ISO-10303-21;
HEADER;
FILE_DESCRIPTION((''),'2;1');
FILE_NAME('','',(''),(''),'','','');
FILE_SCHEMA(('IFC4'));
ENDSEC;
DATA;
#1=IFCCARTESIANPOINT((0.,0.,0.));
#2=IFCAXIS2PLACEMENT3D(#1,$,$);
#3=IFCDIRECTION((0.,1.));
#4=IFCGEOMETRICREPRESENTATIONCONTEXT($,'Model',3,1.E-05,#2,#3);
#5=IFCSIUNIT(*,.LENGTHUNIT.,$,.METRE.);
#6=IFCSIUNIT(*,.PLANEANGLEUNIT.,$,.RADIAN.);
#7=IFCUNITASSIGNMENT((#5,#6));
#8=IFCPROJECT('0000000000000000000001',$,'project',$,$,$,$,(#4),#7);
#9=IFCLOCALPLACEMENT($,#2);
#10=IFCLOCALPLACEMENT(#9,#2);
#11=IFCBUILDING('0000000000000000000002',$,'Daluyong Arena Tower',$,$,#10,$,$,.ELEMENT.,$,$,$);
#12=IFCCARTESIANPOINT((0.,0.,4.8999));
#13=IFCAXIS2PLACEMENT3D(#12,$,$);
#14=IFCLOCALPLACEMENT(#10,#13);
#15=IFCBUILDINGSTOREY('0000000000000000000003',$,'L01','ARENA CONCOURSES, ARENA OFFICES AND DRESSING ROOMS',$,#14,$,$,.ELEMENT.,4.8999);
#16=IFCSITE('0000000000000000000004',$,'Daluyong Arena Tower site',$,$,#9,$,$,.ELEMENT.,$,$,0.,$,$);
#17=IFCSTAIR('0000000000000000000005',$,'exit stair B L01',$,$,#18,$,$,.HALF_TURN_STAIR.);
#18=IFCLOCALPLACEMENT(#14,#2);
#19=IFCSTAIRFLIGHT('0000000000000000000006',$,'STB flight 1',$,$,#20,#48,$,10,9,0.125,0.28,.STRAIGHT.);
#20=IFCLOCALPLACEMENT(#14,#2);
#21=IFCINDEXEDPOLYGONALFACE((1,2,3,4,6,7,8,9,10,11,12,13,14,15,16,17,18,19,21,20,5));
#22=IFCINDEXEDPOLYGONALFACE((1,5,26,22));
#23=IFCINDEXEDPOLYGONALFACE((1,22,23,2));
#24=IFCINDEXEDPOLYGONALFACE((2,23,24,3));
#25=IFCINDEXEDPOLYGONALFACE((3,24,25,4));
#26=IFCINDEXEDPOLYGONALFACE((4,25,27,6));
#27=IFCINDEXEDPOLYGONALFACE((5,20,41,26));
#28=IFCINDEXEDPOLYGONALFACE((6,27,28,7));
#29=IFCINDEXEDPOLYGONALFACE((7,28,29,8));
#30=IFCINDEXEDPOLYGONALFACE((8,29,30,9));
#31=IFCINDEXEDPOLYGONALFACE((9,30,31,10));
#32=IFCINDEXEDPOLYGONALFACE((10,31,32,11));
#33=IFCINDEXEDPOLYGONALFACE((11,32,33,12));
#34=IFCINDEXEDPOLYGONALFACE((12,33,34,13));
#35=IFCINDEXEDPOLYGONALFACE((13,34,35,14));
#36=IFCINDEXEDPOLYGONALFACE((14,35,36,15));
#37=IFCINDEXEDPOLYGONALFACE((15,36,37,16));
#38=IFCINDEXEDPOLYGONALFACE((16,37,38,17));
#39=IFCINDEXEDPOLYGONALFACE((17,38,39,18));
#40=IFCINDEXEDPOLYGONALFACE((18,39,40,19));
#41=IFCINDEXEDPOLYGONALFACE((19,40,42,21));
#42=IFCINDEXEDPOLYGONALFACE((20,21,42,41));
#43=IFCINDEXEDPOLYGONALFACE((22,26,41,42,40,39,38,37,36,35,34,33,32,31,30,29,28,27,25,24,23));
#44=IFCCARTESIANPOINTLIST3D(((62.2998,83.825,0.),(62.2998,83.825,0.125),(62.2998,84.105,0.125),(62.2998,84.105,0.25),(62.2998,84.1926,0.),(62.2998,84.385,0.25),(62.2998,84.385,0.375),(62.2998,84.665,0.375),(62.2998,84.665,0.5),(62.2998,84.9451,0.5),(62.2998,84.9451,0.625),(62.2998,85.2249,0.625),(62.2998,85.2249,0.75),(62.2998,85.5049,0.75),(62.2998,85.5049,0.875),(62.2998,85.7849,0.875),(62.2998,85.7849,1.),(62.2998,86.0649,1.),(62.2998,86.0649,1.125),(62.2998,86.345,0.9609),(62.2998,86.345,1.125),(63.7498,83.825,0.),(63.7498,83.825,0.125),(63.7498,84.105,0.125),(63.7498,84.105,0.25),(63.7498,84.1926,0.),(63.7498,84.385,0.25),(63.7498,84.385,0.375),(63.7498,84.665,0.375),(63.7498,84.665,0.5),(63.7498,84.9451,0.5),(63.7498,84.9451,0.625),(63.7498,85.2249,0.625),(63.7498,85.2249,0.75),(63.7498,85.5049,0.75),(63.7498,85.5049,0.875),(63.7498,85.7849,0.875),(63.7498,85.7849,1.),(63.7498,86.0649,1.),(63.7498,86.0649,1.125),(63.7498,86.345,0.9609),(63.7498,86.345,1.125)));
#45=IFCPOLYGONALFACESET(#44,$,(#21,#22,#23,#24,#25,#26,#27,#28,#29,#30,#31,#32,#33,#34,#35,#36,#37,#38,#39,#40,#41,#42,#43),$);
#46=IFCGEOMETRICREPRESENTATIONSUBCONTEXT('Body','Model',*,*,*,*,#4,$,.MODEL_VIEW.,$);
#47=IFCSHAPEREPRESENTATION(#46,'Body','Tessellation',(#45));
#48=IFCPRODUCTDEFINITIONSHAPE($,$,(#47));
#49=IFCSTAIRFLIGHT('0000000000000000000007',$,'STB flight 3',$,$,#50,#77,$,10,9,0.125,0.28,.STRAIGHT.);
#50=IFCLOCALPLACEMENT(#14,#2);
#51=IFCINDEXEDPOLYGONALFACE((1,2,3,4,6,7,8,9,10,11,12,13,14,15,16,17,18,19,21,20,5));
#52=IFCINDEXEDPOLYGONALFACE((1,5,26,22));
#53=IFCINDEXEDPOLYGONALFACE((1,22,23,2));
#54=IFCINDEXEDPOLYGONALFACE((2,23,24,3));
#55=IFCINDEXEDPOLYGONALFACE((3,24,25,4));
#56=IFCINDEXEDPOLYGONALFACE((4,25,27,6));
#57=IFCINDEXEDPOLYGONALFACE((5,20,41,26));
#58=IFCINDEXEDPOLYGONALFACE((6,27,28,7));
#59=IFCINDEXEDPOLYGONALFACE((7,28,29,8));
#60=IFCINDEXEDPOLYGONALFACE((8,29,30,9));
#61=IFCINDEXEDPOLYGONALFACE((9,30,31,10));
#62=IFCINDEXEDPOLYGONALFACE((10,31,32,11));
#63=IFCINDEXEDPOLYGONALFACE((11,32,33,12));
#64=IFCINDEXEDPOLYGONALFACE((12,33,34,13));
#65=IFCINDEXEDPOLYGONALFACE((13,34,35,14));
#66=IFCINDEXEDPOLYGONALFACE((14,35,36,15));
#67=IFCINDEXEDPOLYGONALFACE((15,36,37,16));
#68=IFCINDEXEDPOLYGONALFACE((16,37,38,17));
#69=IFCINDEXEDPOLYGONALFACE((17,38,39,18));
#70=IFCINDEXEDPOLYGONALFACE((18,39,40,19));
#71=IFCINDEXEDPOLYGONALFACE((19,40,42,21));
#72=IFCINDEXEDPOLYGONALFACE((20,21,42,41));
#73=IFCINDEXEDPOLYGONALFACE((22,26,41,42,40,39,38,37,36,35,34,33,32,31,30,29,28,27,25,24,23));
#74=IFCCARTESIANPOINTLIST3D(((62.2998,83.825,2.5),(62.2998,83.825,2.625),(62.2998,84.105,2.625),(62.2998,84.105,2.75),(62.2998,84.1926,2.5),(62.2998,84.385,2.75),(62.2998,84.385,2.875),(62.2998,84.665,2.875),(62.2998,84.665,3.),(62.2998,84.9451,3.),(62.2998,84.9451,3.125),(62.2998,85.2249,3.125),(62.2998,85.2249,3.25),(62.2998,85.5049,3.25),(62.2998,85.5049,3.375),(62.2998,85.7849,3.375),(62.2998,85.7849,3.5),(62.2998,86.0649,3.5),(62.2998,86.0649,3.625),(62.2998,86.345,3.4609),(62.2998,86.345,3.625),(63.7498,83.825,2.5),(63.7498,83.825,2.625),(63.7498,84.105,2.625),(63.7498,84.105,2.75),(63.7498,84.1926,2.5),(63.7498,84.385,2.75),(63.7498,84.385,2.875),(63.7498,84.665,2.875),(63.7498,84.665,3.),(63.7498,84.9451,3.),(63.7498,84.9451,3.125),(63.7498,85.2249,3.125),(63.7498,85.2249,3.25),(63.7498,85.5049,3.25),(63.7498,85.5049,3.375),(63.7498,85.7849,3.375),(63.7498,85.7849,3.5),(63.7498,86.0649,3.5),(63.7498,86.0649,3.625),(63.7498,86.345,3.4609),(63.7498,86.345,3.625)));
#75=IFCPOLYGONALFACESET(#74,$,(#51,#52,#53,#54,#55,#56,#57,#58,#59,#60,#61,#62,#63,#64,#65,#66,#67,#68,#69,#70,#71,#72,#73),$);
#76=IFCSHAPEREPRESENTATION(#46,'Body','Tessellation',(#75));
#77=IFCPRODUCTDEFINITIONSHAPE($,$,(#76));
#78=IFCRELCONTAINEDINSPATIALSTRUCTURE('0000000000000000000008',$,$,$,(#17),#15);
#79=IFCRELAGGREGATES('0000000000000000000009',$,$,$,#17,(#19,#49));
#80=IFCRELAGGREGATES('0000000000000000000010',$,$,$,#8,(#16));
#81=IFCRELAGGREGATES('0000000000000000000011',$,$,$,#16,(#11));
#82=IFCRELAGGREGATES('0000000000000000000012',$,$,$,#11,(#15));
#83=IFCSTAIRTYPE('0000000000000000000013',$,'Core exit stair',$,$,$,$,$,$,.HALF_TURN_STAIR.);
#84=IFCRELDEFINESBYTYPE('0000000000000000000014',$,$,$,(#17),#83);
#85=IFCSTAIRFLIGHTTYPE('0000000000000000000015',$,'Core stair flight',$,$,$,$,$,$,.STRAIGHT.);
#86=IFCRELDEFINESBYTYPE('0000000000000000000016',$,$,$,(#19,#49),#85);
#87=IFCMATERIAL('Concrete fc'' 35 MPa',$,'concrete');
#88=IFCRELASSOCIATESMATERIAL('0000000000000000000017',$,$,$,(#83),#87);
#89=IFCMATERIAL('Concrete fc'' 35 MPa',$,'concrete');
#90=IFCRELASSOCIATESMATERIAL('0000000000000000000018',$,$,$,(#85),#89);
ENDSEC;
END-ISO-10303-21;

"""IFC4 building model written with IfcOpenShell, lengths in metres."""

from ifc_helpers import new_model, si_unit, direction, frame, origin, place, context, subcontext, project, spatial, polyline, outline, extrude, material, type_object, element, aggregate, save


model = new_model("IFC4")

# Units and contexts
model_context = context("Model", 3, precision=1e-05, world=origin(), true_north=direction((0.0, 1.0)))
body_context = subcontext(model_context, "Body", "Model", "MODEL_VIEW")
ifc_project = project(units=[si_unit("LENGTHUNIT", "METRE"), si_unit("PLANEANGLEUNIT", "RADIAN")], contexts=[model_context])

# Site, building, storey
site_placement = place(None, origin())
site = spatial("IfcSite", under=ifc_project, at=site_placement, Name="Daluyong Arena Tower site", CompositionType="ELEMENT", RefElevation=0.0)
building_placement = place(site_placement, origin())
building = spatial("IfcBuilding", under=site, at=building_placement, Name="Daluyong Arena Tower", CompositionType="ELEMENT")
storey_placement = place(building_placement, frame((0.0, 0.0, 4.8999)))
storey = spatial("IfcBuildingStorey", under=building, at=storey_placement, Name="L01", Description="ARENA CONCOURSES, ARENA OFFICES AND DRESSING ROOMS", CompositionType="ELEMENT", Elevation=4.8999)

# Stair, stair flights
ifc_material_1 = material(Name="Concrete fc' 35 MPa", Category="concrete")
stair_type = type_object("IfcStairType", Name="Core exit stair", PredefinedType="HALF_TURN_STAIR", material=ifc_material_1)
stair_placement = place(storey_placement, origin())
stair = element("IfcStair", 1, at=stair_placement, inside=storey, type_object=stair_type, Name="exit stair B L01", PredefinedType="HALF_TURN_STAIR")
ifc_material_2 = material(Name="Concrete fc' 35 MPa", Category="concrete")
stair_flight_type = type_object("IfcStairFlightType", Name="Core stair flight", PredefinedType="STRAIGHT", material=ifc_material_2)
stair_flight_1_placement = place(storey_placement, frame((63.0249, 83.825, 0.0), z_axis=(0.0, 0.0, 1.0), x_axis=(0.0, 1.0, 0.0)))
stair_flight_1 = element("IfcStairFlight", 2, at=stair_flight_1_placement, type_object=stair_flight_type, Name="STB flight 1", NumberOfRisers=10, NumberOfTreads=9, PredefinedType="STRAIGHT", RiserHeight=0.125, TreadLength=0.28, context=body_context, shape_type="SweptSolid", body=[
    extrude(outline(polyline([(0.0, 0.0), (0.0, 0.125), (0.28, 0.125), (0.28, 0.25), (0.5601, 0.25), (0.5601, 0.375), (0.8401, 0.375), (0.8401, 0.5), (1.1201, 0.5), (1.1201, 0.625), (1.3999, 0.625), (1.3999, 0.75), (1.6799, 0.75), (1.6799, 0.875), (1.96, 0.875), (1.96, 1.0), (2.24, 1.0), (2.24, 1.125), (2.52, 1.125), (2.52, 1.25), (2.52, 0.9609), (0.3677, 0.0), (0.0, 0.0)])), frame((0.0, 0.7251, 0.0), z_axis=(0.0, -1.0, 0.0), x_axis=(1.0, 0.0, 0.0)), (0.0, 0.0, 1.0), 1.45),
])
stair_flight_2_placement = place(storey_placement, frame((63.0249, 83.825, 2.5), z_axis=(0.0, 0.0, 1.0), x_axis=(0.0, 1.0, 0.0)))
stair_flight_2 = element("IfcStairFlight", 3, at=stair_flight_2_placement, type_object=stair_flight_type, Name="STB flight 3", NumberOfRisers=10, NumberOfTreads=9, PredefinedType="STRAIGHT", RiserHeight=0.125, TreadLength=0.28, context=body_context, shape_type="SweptSolid", body=[
    extrude(outline(polyline([(0.0, 0.0), (0.0, 0.125), (0.28, 0.125), (0.28, 0.25), (0.5601, 0.25), (0.5601, 0.375), (0.8401, 0.375), (0.8401, 0.5), (1.1201, 0.5), (1.1201, 0.625), (1.3999, 0.625), (1.3999, 0.75), (1.6799, 0.75), (1.6799, 0.875), (1.96, 0.875), (1.96, 1.0), (2.24, 1.0), (2.24, 1.125), (2.52, 1.125), (2.52, 1.25), (2.52, 0.9609), (0.3677, 0.0), (0.0, 0.0)])), frame((0.0, 0.7251, 0.0), z_axis=(0.0, -1.0, 0.0), x_axis=(1.0, 0.0, 0.0)), (0.0, 0.0, 1.0), 1.45),
])
aggregate(stair, [stair_flight_1, stair_flight_2])

save(model, "model.ifc")
